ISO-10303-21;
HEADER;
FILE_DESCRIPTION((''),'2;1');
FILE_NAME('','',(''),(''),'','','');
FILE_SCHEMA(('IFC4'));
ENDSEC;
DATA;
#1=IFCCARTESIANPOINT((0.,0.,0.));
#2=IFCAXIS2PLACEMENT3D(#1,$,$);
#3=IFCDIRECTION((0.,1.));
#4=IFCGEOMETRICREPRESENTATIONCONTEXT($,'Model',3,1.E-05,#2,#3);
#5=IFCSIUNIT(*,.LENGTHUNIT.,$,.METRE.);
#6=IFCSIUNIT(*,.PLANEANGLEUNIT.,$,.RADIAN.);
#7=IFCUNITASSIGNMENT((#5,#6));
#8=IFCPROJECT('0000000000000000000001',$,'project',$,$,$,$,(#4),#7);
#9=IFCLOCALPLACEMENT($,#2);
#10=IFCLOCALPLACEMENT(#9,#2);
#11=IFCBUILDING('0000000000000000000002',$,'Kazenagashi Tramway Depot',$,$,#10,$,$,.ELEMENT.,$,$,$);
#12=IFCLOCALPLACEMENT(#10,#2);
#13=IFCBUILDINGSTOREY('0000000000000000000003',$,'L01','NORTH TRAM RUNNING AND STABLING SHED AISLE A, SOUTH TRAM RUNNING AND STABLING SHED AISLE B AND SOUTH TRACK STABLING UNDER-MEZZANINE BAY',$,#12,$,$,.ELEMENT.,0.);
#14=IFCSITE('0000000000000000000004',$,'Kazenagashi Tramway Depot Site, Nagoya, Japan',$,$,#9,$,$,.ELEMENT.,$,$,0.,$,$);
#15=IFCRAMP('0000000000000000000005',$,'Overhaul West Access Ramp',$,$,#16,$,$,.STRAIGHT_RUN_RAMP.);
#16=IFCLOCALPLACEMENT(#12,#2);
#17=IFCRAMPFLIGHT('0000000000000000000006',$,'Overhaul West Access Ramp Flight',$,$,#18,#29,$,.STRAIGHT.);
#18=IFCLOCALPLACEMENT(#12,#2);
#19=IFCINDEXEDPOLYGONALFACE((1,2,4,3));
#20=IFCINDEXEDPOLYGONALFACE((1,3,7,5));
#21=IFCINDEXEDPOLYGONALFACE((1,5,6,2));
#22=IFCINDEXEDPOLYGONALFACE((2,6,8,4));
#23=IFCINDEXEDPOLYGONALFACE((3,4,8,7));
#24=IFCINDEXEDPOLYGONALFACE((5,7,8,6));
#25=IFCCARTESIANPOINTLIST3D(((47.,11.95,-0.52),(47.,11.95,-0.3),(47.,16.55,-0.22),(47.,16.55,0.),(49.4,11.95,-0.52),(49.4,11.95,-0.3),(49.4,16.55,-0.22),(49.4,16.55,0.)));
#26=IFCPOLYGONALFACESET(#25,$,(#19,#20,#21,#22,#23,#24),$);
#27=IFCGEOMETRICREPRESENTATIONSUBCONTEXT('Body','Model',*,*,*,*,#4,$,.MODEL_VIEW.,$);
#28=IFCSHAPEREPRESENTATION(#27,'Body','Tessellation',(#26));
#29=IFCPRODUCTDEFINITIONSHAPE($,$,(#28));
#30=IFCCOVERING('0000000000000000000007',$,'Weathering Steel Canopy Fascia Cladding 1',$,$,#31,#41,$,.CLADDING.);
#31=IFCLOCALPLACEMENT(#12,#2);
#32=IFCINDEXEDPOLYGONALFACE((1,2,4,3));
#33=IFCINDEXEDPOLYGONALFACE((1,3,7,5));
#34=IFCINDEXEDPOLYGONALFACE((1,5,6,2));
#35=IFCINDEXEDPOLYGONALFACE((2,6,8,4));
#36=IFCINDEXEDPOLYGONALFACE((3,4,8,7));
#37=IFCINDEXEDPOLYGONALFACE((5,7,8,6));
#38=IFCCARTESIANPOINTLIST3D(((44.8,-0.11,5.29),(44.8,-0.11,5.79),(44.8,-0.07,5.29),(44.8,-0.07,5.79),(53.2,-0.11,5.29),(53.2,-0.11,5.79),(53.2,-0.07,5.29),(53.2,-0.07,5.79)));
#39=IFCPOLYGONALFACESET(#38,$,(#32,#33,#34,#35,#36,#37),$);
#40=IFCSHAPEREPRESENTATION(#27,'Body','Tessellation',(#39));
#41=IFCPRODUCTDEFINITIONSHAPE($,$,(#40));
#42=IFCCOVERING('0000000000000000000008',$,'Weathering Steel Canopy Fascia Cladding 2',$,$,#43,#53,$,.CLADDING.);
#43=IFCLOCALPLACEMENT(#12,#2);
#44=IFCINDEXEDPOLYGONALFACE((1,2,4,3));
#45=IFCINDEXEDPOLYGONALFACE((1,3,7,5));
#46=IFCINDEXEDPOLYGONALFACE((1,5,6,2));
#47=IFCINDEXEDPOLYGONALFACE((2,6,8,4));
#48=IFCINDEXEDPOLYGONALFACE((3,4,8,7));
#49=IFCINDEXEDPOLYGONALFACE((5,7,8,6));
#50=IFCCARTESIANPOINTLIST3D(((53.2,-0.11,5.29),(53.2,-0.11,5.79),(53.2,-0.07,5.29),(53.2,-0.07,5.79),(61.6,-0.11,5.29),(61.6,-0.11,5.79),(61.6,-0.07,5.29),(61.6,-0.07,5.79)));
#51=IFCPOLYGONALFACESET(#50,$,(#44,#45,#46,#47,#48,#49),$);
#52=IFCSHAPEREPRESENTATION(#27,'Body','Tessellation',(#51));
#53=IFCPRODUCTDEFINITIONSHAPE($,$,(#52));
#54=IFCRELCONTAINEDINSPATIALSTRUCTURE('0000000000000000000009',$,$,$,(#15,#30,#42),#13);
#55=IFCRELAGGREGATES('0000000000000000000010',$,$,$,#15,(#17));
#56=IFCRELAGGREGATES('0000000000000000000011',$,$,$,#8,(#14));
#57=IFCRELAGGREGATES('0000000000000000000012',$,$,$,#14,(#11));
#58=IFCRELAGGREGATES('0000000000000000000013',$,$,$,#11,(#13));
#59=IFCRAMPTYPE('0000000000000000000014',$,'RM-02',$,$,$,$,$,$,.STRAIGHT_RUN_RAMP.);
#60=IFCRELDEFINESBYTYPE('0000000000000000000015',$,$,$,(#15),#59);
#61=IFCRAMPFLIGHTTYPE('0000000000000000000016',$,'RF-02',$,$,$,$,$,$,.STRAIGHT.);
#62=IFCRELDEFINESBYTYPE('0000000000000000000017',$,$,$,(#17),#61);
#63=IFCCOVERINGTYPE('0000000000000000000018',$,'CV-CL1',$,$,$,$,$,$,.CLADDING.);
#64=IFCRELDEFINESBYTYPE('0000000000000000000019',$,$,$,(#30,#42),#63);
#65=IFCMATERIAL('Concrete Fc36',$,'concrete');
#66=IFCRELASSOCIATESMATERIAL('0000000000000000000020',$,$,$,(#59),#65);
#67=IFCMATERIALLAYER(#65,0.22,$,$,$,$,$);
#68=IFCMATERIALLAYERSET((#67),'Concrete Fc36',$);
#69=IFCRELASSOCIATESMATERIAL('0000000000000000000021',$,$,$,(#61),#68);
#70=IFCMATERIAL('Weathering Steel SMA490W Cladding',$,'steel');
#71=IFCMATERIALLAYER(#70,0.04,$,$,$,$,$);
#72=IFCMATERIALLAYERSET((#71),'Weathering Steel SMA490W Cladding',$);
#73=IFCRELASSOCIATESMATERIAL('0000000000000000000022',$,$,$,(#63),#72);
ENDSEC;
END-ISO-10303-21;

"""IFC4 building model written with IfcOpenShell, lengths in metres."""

from ifc_helpers import new_model, si_unit, direction, frame, origin, origin_2d, place, context, subcontext, project, spatial, polyline, rectangle, outline, extrude, material, layer, layer_set, type_object, element, aggregate, save


model = new_model("IFC4")

# Units and contexts
model_context = context("Model", 3, precision=1e-05, world=origin(), true_north=direction((0.0, 1.0)))
body_context = subcontext(model_context, "Body", "Model", "MODEL_VIEW")
ifc_project = project(units=[si_unit("LENGTHUNIT", "METRE"), si_unit("PLANEANGLEUNIT", "RADIAN")], contexts=[model_context])

# Site, building, storey
site_placement = place(None, origin())
site = spatial("IfcSite", under=ifc_project, at=site_placement, Name="Kazenagashi Tramway Depot Site, Nagoya, Japan", CompositionType="ELEMENT", RefElevation=0.0)
building_placement = place(site_placement, origin())
building = spatial("IfcBuilding", under=site, at=building_placement, Name="Kazenagashi Tramway Depot", CompositionType="ELEMENT")
storey_placement = place(building_placement, origin())
storey = spatial("IfcBuildingStorey", under=building, at=storey_placement, Name="L01", Description="NORTH TRAM RUNNING AND STABLING SHED AISLE A, SOUTH TRAM RUNNING AND STABLING SHED AISLE B AND SOUTH TRACK STABLING UNDER-MEZZANINE BAY", CompositionType="ELEMENT", Elevation=0.0)

# Ramp, ramp flight
ifc_material_1 = material(Name="Concrete Fc36", Category="concrete")
ramp_type = type_object("IfcRampType", Name="RM-02", PredefinedType="STRAIGHT_RUN_RAMP", material=ifc_material_1)
ramp_placement = place(storey_placement, origin())
ramp = element("IfcRamp", 1, at=ramp_placement, inside=storey, type_object=ramp_type, Name="Overhaul West Access Ramp", PredefinedType="STRAIGHT_RUN_RAMP")
ifc_layer_1 = layer(ifc_material_1, 0.22)
ifc_layer_set_1 = layer_set([ifc_layer_1], Name="Concrete Fc36")
ramp_flight_type = type_object("IfcRampFlightType", Name="RF-02", PredefinedType="STRAIGHT", material=ifc_layer_set_1)
ramp_flight_placement = place(storey_placement, frame((48.2, 11.95, -0.3), z_axis=(0.0, 0.0, 1.0), x_axis=(0.0, 1.0, 0.0)))
ramp_flight = element("IfcRampFlight", 2, at=ramp_flight_placement, type_object=ramp_flight_type, Name="Overhaul West Access Ramp Flight", PredefinedType="STRAIGHT", context=body_context, shape_type="SweptSolid", body=[
    extrude(outline(polyline([(0.0, 0.0), (4.6, 0.3), (4.6, 0.08), (0.0, -0.22), (0.0, 0.0)])), frame((0.0, 1.2, 0.0), z_axis=(0.0, -1.0, 0.0), x_axis=(1.0, 0.0, 0.0)), (0.0, 0.0, 1.0), 2.4),
])
aggregate(ramp, [ramp_flight])

# Coverings
ifc_material_2 = material(Name="Weathering Steel SMA490W Cladding", Category="steel")
ifc_layer_2 = layer(ifc_material_2, 0.04)
ifc_layer_set_2 = layer_set([ifc_layer_2], Name="Weathering Steel SMA490W Cladding")
covering_type = type_object("IfcCoveringType", Name="CV-CL1", PredefinedType="CLADDING", material=ifc_layer_set_2)
for number, where, z_axis, x_axis, name in (
    (3, (49.0, -0.09, 5.29), (0.0, 0.0, 1.0), (1.0, 0.0, 0.0), "Weathering Steel Canopy Fascia Cladding 1"),
    (4, (57.4, -0.09, 5.29), (0.0, 0.0, 1.0), (1.0, 0.0, 0.0), "Weathering Steel Canopy Fascia Cladding 2"),
):
    element("IfcCovering", number, at=place(storey_placement, frame(where, z_axis=z_axis, x_axis=x_axis)), inside=storey, type_object=covering_type, Name=name, PredefinedType="CLADDING", context=body_context, shape_type="SweptSolid", body=[
        extrude(rectangle(XDim=8.4, YDim=0.04, at=origin_2d()), origin(), (0.0, 0.0, 1.0), 0.5),
    ])

save(model, "model.ifc")
